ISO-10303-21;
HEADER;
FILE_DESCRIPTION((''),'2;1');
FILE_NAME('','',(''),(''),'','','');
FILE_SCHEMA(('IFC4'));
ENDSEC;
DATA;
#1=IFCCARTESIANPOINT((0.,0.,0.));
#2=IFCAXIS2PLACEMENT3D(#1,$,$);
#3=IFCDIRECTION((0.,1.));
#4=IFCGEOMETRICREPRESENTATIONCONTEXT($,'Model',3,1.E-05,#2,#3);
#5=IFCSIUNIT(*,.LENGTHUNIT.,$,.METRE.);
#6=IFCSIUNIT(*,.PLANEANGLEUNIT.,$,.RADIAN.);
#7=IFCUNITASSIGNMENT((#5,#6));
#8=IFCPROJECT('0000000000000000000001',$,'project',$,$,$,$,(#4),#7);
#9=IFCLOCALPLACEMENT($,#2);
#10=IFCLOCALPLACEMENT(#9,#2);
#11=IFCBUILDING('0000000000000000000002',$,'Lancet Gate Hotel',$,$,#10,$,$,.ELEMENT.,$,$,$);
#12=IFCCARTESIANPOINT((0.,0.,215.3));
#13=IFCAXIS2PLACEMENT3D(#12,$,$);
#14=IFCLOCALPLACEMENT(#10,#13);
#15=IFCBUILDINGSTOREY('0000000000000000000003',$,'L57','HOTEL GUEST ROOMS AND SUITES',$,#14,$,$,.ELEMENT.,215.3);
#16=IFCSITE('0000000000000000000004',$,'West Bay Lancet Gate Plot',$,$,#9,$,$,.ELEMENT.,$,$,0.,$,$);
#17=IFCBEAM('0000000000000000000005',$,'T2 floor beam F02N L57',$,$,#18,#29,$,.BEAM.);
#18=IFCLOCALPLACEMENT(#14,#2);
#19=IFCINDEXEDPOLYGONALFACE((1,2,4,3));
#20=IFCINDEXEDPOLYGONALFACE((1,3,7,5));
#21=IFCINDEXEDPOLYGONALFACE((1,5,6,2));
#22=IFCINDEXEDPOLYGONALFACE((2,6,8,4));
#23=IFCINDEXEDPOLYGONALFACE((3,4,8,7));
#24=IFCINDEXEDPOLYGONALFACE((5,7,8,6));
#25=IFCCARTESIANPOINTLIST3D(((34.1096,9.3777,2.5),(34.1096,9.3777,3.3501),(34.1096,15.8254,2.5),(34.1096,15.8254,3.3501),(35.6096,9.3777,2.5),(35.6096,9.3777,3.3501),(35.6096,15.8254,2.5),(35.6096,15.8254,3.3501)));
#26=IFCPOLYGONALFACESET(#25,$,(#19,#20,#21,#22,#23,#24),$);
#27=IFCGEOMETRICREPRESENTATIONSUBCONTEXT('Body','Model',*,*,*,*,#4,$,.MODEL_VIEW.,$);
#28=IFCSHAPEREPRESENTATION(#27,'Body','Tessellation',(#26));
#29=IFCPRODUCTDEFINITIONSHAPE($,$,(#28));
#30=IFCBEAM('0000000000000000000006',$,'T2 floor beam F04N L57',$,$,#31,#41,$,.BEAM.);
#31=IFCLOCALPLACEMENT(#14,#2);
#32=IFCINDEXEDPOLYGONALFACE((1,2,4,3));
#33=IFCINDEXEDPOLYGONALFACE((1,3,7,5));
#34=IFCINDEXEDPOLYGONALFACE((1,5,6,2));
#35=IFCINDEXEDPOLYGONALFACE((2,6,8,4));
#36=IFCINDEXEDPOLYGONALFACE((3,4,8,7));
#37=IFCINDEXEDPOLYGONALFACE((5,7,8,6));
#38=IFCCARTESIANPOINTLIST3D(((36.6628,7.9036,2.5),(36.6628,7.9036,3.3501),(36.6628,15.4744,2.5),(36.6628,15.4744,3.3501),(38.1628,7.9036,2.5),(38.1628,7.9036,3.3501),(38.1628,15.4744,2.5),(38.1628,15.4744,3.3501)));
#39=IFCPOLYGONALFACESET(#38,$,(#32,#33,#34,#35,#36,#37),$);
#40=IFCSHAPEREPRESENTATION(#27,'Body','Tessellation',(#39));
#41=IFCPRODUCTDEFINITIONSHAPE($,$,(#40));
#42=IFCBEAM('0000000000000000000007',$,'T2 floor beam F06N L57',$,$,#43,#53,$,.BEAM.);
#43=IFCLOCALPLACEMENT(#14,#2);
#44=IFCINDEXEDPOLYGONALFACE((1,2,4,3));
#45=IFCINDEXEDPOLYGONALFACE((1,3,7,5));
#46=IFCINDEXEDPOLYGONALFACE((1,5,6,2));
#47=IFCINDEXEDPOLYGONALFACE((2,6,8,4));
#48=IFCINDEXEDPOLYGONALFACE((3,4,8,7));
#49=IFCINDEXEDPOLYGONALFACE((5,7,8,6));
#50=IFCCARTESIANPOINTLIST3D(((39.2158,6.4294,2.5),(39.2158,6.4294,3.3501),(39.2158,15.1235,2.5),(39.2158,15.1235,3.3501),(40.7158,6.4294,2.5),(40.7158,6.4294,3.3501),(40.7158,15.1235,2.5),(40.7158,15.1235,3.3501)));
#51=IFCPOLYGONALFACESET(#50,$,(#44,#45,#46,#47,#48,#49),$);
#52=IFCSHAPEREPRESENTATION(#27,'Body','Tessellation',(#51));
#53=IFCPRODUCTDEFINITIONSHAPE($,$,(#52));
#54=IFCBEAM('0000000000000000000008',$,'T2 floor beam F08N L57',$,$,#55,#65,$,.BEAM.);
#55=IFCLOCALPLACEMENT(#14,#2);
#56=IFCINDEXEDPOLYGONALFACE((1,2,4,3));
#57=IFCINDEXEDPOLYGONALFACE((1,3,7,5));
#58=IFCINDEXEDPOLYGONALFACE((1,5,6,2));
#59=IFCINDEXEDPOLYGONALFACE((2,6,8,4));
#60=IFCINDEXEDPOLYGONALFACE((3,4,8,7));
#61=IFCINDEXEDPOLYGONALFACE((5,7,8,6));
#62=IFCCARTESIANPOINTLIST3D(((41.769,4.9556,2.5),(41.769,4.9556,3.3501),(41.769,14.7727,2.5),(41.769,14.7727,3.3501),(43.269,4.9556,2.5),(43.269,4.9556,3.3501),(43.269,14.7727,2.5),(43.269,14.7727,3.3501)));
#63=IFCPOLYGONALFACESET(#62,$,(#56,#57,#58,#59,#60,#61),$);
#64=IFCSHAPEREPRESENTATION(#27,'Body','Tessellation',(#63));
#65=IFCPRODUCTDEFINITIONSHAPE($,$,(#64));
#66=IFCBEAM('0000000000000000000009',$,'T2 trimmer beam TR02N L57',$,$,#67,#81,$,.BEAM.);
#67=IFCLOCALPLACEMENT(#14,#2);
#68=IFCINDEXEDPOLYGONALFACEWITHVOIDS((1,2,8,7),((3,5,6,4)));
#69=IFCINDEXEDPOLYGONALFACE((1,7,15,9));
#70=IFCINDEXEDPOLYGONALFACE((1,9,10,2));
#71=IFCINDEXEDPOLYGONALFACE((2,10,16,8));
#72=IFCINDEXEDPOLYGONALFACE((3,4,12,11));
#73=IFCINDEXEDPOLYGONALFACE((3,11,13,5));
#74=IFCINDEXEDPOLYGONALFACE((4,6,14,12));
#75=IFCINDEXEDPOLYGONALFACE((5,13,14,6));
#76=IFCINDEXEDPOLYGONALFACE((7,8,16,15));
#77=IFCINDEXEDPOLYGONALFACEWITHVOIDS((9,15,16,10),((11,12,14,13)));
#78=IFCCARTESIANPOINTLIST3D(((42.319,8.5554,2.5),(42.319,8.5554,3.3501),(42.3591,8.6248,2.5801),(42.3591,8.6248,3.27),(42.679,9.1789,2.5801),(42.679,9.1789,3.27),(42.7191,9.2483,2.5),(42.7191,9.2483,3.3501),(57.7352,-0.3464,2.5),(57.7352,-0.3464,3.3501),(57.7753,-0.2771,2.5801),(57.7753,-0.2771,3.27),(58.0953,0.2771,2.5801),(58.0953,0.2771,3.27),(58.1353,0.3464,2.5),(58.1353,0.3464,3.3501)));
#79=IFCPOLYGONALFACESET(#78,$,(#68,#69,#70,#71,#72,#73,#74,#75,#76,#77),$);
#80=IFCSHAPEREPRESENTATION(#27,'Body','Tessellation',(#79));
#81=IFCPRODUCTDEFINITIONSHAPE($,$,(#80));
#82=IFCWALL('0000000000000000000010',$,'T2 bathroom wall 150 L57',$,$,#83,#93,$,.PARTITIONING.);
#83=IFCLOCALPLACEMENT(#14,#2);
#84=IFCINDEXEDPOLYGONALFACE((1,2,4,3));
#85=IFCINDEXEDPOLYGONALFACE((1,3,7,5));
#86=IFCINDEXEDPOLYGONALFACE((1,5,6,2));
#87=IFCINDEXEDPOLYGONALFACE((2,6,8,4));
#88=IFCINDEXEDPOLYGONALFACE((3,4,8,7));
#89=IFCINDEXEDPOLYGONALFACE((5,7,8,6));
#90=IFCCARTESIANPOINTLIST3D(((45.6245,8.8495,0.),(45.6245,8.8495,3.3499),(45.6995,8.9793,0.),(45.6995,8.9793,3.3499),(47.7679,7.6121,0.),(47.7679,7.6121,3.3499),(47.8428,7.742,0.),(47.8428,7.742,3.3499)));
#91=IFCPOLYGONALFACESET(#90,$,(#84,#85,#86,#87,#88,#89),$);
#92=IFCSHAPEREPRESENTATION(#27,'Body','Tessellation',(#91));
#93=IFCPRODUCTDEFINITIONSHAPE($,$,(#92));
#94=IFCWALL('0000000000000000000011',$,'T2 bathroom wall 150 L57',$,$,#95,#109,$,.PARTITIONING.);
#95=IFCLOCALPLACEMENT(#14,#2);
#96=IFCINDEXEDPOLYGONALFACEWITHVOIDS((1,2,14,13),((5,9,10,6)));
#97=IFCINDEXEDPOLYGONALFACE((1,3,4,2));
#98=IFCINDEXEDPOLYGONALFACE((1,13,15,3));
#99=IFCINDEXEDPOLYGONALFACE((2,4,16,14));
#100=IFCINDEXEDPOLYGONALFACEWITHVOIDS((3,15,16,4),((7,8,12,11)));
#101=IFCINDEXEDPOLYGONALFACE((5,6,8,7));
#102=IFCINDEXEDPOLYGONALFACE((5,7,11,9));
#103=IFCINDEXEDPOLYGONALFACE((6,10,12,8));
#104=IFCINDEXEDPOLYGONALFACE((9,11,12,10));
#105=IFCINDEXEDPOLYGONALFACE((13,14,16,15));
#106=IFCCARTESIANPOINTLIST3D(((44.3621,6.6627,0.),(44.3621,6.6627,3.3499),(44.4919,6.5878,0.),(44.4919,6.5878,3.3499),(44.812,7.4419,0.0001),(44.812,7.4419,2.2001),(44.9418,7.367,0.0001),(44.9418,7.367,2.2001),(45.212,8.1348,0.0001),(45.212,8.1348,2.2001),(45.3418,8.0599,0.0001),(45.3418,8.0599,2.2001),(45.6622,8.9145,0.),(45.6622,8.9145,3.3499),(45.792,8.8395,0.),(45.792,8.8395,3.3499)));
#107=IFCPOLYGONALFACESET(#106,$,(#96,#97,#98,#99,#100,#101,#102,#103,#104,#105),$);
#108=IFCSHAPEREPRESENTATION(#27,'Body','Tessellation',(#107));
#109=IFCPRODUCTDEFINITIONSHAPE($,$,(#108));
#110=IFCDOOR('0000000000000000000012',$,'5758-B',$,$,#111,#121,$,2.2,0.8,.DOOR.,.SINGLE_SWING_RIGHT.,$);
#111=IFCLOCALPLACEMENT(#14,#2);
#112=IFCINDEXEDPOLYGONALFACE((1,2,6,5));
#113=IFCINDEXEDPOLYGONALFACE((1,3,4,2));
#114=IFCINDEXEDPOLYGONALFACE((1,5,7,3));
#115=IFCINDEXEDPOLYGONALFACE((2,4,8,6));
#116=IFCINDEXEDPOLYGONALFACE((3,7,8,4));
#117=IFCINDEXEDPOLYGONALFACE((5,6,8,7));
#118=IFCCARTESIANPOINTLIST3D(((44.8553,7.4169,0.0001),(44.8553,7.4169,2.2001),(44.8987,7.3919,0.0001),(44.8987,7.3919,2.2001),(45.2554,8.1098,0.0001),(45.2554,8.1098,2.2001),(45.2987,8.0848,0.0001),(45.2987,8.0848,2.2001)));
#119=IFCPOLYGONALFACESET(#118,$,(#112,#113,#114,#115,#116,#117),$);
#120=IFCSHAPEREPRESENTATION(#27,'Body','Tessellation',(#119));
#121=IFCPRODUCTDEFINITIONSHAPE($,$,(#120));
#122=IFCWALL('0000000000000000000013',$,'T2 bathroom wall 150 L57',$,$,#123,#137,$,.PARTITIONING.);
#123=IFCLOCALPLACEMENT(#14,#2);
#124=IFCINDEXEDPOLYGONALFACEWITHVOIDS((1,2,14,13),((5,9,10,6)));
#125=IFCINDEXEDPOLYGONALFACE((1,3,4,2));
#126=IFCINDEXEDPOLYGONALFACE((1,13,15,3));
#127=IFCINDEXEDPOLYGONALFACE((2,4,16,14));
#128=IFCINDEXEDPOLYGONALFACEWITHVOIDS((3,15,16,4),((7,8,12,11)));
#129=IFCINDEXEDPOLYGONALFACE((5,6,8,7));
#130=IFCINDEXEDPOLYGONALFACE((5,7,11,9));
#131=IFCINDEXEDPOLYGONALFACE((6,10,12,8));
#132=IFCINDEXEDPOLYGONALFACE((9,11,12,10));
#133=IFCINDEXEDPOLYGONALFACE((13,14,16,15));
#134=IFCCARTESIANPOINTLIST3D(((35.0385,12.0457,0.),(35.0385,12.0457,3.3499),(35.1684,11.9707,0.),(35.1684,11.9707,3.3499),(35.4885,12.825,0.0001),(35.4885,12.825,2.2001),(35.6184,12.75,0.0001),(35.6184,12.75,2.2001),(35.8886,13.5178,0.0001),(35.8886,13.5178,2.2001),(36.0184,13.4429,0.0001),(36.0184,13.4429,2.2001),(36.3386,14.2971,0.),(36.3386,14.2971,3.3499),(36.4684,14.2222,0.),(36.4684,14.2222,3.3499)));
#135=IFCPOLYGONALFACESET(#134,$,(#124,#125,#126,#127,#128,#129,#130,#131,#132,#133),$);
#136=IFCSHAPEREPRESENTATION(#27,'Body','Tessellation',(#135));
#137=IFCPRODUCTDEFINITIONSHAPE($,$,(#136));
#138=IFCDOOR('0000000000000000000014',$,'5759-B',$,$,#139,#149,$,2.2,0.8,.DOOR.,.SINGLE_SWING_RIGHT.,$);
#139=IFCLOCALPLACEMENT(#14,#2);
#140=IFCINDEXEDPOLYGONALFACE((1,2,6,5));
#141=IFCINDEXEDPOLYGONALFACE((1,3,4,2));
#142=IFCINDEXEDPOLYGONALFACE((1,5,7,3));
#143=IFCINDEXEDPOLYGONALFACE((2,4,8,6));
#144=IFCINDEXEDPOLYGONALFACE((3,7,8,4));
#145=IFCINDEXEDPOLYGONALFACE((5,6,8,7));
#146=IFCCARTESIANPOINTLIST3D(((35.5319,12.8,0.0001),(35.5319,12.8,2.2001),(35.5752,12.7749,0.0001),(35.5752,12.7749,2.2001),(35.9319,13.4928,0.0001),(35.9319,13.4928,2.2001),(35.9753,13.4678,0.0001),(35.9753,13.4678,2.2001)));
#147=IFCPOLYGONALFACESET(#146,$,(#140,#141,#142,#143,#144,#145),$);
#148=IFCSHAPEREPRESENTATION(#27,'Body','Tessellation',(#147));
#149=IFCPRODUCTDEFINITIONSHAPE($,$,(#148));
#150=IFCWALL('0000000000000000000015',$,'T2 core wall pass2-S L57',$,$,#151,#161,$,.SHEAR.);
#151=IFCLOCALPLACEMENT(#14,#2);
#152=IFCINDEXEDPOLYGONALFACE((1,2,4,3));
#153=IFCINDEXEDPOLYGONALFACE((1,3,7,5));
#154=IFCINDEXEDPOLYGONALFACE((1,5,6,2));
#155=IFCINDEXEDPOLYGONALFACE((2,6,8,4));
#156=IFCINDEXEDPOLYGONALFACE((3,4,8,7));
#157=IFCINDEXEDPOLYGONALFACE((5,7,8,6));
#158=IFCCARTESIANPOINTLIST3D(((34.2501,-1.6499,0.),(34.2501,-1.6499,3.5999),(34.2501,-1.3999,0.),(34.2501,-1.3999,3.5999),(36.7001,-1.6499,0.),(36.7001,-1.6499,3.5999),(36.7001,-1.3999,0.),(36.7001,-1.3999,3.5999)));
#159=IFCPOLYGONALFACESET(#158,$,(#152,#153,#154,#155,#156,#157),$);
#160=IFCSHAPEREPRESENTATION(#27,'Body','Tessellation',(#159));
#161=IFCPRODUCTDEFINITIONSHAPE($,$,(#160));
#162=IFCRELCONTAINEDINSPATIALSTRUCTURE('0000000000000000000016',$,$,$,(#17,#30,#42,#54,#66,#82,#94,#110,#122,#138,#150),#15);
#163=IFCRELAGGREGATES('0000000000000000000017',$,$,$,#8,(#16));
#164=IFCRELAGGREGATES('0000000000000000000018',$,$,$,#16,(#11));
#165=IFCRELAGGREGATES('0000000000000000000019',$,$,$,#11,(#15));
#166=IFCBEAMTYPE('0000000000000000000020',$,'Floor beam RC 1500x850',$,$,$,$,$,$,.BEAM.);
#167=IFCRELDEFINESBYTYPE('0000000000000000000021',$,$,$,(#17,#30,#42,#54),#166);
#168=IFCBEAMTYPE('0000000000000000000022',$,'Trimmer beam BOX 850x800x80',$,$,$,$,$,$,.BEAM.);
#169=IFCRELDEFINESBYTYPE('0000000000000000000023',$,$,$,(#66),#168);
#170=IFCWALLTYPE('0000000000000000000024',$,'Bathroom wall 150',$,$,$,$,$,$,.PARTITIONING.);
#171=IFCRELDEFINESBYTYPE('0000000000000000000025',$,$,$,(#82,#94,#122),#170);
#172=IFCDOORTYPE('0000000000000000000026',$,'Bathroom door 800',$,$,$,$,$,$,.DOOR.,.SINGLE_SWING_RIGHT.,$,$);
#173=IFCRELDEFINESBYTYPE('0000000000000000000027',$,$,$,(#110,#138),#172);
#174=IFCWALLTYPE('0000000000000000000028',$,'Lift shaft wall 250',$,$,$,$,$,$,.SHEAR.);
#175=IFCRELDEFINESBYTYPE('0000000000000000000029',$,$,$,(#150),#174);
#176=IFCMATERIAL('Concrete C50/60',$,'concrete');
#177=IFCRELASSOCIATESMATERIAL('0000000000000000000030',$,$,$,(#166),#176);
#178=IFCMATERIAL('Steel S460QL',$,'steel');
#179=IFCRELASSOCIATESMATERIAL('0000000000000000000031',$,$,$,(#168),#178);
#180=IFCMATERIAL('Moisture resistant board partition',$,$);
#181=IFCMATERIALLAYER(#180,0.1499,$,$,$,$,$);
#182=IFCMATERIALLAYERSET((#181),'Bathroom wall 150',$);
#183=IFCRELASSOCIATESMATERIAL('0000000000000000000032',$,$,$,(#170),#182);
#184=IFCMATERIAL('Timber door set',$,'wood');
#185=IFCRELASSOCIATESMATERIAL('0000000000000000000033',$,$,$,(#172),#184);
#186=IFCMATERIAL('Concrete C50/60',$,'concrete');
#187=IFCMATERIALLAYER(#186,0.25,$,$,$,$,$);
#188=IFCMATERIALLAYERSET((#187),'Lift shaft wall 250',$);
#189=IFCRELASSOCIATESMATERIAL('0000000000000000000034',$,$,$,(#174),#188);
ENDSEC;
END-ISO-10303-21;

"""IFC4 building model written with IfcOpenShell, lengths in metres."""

from ifc_helpers import new_model, si_unit, direction, frame, frame_2d, origin, origin_2d, place, context, subcontext, project, spatial, rectangle, hollow_rectangle, extrude, material, layer, layer_set, material_profile, profile_set, type_object, element, fill, save


model = new_model("IFC4")

# Units and contexts
model_context = context("Model", 3, precision=1e-05, world=origin(), true_north=direction((0.0, 1.0)))
body_context = subcontext(model_context, "Body", "Model", "MODEL_VIEW")
ifc_project = project(units=[si_unit("LENGTHUNIT", "METRE"), si_unit("PLANEANGLEUNIT", "RADIAN")], contexts=[model_context])

# Site, building, storey
site_placement = place(None, origin())
site = spatial("IfcSite", under=ifc_project, at=site_placement, Name="West Bay Lancet Gate Plot", CompositionType="ELEMENT", RefElevation=0.0)
building_placement = place(site_placement, origin())
building = spatial("IfcBuilding", under=site, at=building_placement, Name="Lancet Gate Hotel", CompositionType="ELEMENT")
storey_placement = place(building_placement, frame((0.0, 0.0, 215.3)))
storey = spatial("IfcBuildingStorey", under=building, at=storey_placement, Name="L57", Description="HOTEL GUEST ROOMS AND SUITES", CompositionType="ELEMENT", Elevation=215.3)

# Beams
ifc_material_1 = material(Name="Concrete C50/60", Category="concrete")
ifc_material_profile_1 = material_profile(ifc_material_1, rectangle(XDim=1.5, YDim=0.8501, at=origin_2d()), Name="RC 1500x850")
ifc_profile_set_1 = profile_set([ifc_material_profile_1], Name="Concrete C50/60")
beam_type_1 = type_object("IfcBeamType", Name="Floor beam RC 1500x850", PredefinedType="BEAM", material=ifc_profile_set_1)
beam_1_placement = place(storey_placement, frame((34.8596, 9.3777, 2.925), z_axis=(0.0, 1.0, 0.0), x_axis=(-1.0, 0.0, 0.0)))
element("IfcBeam", 1, at=beam_1_placement, inside=storey, type_object=beam_type_1, Name="T2 floor beam F02N L57", PredefinedType="BEAM", context=body_context, shape_type="SweptSolid", body=[
    extrude(rectangle(XDim=1.5, YDim=0.8501, at=origin_2d()), origin(), (0.0, 0.0, 1.0), 6.4478),
])
beam_2_placement = place(storey_placement, frame((37.4128, 7.9036, 2.925), z_axis=(0.0, 1.0, 0.0), x_axis=(-1.0, 0.0, 0.0)))
element("IfcBeam", 2, at=beam_2_placement, inside=storey, type_object=beam_type_1, Name="T2 floor beam F04N L57", PredefinedType="BEAM", context=body_context, shape_type="SweptSolid", body=[
    extrude(rectangle(XDim=1.5, YDim=0.8501, at=origin_2d()), origin(), (0.0, 0.0, 1.0), 7.5708),
])
beam_3_placement = place(storey_placement, frame((39.9658, 6.4294, 2.925), z_axis=(0.0, 1.0, 0.0), x_axis=(-1.0, 0.0, 0.0)))
element("IfcBeam", 3, at=beam_3_placement, inside=storey, type_object=beam_type_1, Name="T2 floor beam F06N L57", PredefinedType="BEAM", context=body_context, shape_type="SweptSolid", body=[
    extrude(rectangle(XDim=1.5, YDim=0.8501, at=origin_2d()), origin(), (0.0, 0.0, 1.0), 8.6941),
])
beam_4_placement = place(storey_placement, frame((42.519, 4.9556, 2.925), z_axis=(0.0, 1.0, 0.0), x_axis=(-1.0, 0.0, 0.0)))
element("IfcBeam", 4, at=beam_4_placement, inside=storey, type_object=beam_type_1, Name="T2 floor beam F08N L57", PredefinedType="BEAM", context=body_context, shape_type="SweptSolid", body=[
    extrude(rectangle(XDim=1.5, YDim=0.8501, at=origin_2d()), origin(), (0.0, 0.0, 1.0), 9.8171),
])
ifc_material_2 = material(Name="Steel S460QL", Category="steel")
ifc_material_profile_2 = material_profile(ifc_material_2, hollow_rectangle(XDim=0.8, YDim=0.8501, WallThickness=0.0801, at=origin_2d()), Name="BOX 850x800x80")
ifc_profile_set_2 = profile_set([ifc_material_profile_2], Name="Steel S460QL")
beam_type_2 = type_object("IfcBeamType", Name="Trimmer beam BOX 850x800x80", PredefinedType="BEAM", material=ifc_profile_set_2)
beam_5_placement = place(storey_placement, frame((42.519, 8.9019, 2.925), z_axis=(0.865994, -0.500054, 0.0), x_axis=(0.500054, 0.865994, 0.0)))
element("IfcBeam", 5, at=beam_5_placement, inside=storey, type_object=beam_type_2, Name="T2 trimmer beam TR02N L57", PredefinedType="BEAM", context=body_context, shape_type="SweptSolid", body=[
    extrude(hollow_rectangle(XDim=0.8, YDim=0.8501, WallThickness=0.0801, at=origin_2d()), origin(), (0.0, 0.0, 1.0), 17.8018),
])

# Wall
ifc_material_3 = material(Name="Moisture resistant board partition")
ifc_layer_1 = layer(ifc_material_3, 0.1499)
ifc_layer_set_1 = layer_set([ifc_layer_1], Name="Bathroom wall 150")
wall_type_1 = type_object("IfcWallType", Name="Bathroom wall 150", PredefinedType="PARTITIONING", material=ifc_layer_set_1)
wall_1_placement = place(storey_placement, frame((45.6621, 8.9143, 0.0), z_axis=(0.0, 0.0, 1.0), x_axis=(0.866049, -0.499959, 0.0)))
element("IfcWall", 6, at=wall_1_placement, inside=storey, type_object=wall_type_1, Name="T2 bathroom wall 150 L57", PredefinedType="PARTITIONING", context=body_context, shape_type="SweptSolid", body=[
    extrude(rectangle(XDim=2.4749, YDim=0.1499, at=frame_2d((1.2373, 0.0))), origin(), (0.0, 0.0, 1.0), 3.3499),
])

# Walls, openings, doors
wall_2_placement = place(storey_placement, frame((44.427, 6.6252, 0.0), z_axis=(0.0, 0.0, 1.0), x_axis=(0.500007, 0.866021, 0.0)))
wall_2 = element("IfcWall", 7, at=wall_2_placement, inside=storey, type_object=wall_type_1, Name="T2 bathroom wall 150 L57", PredefinedType="PARTITIONING", context=body_context, shape_type="SweptSolid", body=[
    extrude(rectangle(XDim=2.6001, YDim=0.1499, at=frame_2d((1.3, 0.0))), origin(), (0.0, 0.0, 1.0), 3.3499),
])
opening_1_placement = place(wall_2_placement, frame((0.8999, 0.0, 0.0)))
opening_1 = element("IfcOpeningElement", 8, at=opening_1_placement, cuts=wall_2, PredefinedType="OPENING", context=body_context, shape_type="SweptSolid", body=[
    extrude(rectangle(XDim=0.8, YDim=2.2, at=frame_2d((0.3999, 1.1001))), frame((0.0, 0.085, 0.0), z_axis=(0.0, -1.0, 0.0), x_axis=(1.0, 0.0, 0.0)), (0.0, 0.0, 1.0), 0.1699),
])
ifc_material_4 = material(Name="Timber door set", Category="wood")
door_type_1 = type_object("IfcDoorType", Name="Bathroom door 800", OperationType="SINGLE_SWING_RIGHT", PredefinedType="DOOR", material=ifc_material_4)
door_1_placement = place(opening_1_placement, origin())
door_1 = element("IfcDoor", 9, at=door_1_placement, inside=storey, type_object=door_type_1, Name="5758-B", OperationType="SINGLE_SWING_RIGHT", OverallHeight=2.2, OverallWidth=0.8, PredefinedType="DOOR", context=body_context, shape_type="SweptSolid", body=[
    extrude(rectangle(XDim=0.8, YDim=2.2, at=frame_2d((0.3999, 1.1001))), frame((0.0, 0.0249, 0.0), z_axis=(0.0, -1.0, 0.0), x_axis=(1.0, 0.0, 0.0)), (0.0, 0.0, 1.0), 0.05),
])
fill(opening_1, door_1)
wall_3_placement = place(storey_placement, frame((35.1035, 12.0083, 0.0), z_axis=(0.0, 0.0, 1.0), x_axis=(0.500048, 0.865998, 0.0)))
wall_3 = element("IfcWall", 10, at=wall_3_placement, inside=storey, type_object=wall_type_1, Name="T2 bathroom wall 150 L57", PredefinedType="PARTITIONING", context=body_context, shape_type="SweptSolid", body=[
    extrude(rectangle(XDim=2.5999, YDim=0.1499, at=frame_2d((1.2998, 0.0))), origin(), (0.0, 0.0, 1.0), 3.3499),
])
opening_2_placement = place(wall_3_placement, frame((0.8999, 0.0, 0.0)))
opening_2 = element("IfcOpeningElement", 11, at=opening_2_placement, cuts=wall_3, PredefinedType="OPENING", context=body_context, shape_type="SweptSolid", body=[
    extrude(rectangle(XDim=0.8, YDim=2.2, at=frame_2d((0.3999, 1.1001))), frame((0.0, 0.085, 0.0), z_axis=(0.0, -1.0, 0.0), x_axis=(1.0, 0.0, 0.0)), (0.0, 0.0, 1.0), 0.1699),
])
door_2_placement = place(opening_2_placement, origin())
door_2 = element("IfcDoor", 12, at=door_2_placement, inside=storey, type_object=door_type_1, Name="5759-B", OperationType="SINGLE_SWING_RIGHT", OverallHeight=2.2, OverallWidth=0.8, PredefinedType="DOOR", context=body_context, shape_type="SweptSolid", body=[
    extrude(rectangle(XDim=0.8, YDim=2.2, at=frame_2d((0.3999, 1.1001))), frame((0.0, 0.0249, 0.0), z_axis=(0.0, -1.0, 0.0), x_axis=(1.0, 0.0, 0.0)), (0.0, 0.0, 1.0), 0.05),
])
fill(opening_2, door_2)

# Wall
ifc_material_5 = material(Name="Concrete C50/60", Category="concrete")
ifc_layer_2 = layer(ifc_material_5, 0.25)
ifc_layer_set_2 = layer_set([ifc_layer_2], Name="Lift shaft wall 250")
wall_type_2 = type_object("IfcWallType", Name="Lift shaft wall 250", PredefinedType="SHEAR", material=ifc_layer_set_2)
wall_4_placement = place(storey_placement, frame((34.25, -1.5249, 0.0), z_axis=(0.0, 0.0, 1.0), x_axis=(1.0, 0.0, 0.0)))
element("IfcWall", 13, at=wall_4_placement, inside=storey, type_object=wall_type_2, Name="T2 core wall pass2-S L57", PredefinedType="SHEAR", context=body_context, shape_type="SweptSolid", body=[
    extrude(rectangle(XDim=2.45, YDim=0.25, at=frame_2d((1.2251, 0.0))), origin(), (0.0, 0.0, 1.0), 3.5999),
])

save(model, "model.ifc")
